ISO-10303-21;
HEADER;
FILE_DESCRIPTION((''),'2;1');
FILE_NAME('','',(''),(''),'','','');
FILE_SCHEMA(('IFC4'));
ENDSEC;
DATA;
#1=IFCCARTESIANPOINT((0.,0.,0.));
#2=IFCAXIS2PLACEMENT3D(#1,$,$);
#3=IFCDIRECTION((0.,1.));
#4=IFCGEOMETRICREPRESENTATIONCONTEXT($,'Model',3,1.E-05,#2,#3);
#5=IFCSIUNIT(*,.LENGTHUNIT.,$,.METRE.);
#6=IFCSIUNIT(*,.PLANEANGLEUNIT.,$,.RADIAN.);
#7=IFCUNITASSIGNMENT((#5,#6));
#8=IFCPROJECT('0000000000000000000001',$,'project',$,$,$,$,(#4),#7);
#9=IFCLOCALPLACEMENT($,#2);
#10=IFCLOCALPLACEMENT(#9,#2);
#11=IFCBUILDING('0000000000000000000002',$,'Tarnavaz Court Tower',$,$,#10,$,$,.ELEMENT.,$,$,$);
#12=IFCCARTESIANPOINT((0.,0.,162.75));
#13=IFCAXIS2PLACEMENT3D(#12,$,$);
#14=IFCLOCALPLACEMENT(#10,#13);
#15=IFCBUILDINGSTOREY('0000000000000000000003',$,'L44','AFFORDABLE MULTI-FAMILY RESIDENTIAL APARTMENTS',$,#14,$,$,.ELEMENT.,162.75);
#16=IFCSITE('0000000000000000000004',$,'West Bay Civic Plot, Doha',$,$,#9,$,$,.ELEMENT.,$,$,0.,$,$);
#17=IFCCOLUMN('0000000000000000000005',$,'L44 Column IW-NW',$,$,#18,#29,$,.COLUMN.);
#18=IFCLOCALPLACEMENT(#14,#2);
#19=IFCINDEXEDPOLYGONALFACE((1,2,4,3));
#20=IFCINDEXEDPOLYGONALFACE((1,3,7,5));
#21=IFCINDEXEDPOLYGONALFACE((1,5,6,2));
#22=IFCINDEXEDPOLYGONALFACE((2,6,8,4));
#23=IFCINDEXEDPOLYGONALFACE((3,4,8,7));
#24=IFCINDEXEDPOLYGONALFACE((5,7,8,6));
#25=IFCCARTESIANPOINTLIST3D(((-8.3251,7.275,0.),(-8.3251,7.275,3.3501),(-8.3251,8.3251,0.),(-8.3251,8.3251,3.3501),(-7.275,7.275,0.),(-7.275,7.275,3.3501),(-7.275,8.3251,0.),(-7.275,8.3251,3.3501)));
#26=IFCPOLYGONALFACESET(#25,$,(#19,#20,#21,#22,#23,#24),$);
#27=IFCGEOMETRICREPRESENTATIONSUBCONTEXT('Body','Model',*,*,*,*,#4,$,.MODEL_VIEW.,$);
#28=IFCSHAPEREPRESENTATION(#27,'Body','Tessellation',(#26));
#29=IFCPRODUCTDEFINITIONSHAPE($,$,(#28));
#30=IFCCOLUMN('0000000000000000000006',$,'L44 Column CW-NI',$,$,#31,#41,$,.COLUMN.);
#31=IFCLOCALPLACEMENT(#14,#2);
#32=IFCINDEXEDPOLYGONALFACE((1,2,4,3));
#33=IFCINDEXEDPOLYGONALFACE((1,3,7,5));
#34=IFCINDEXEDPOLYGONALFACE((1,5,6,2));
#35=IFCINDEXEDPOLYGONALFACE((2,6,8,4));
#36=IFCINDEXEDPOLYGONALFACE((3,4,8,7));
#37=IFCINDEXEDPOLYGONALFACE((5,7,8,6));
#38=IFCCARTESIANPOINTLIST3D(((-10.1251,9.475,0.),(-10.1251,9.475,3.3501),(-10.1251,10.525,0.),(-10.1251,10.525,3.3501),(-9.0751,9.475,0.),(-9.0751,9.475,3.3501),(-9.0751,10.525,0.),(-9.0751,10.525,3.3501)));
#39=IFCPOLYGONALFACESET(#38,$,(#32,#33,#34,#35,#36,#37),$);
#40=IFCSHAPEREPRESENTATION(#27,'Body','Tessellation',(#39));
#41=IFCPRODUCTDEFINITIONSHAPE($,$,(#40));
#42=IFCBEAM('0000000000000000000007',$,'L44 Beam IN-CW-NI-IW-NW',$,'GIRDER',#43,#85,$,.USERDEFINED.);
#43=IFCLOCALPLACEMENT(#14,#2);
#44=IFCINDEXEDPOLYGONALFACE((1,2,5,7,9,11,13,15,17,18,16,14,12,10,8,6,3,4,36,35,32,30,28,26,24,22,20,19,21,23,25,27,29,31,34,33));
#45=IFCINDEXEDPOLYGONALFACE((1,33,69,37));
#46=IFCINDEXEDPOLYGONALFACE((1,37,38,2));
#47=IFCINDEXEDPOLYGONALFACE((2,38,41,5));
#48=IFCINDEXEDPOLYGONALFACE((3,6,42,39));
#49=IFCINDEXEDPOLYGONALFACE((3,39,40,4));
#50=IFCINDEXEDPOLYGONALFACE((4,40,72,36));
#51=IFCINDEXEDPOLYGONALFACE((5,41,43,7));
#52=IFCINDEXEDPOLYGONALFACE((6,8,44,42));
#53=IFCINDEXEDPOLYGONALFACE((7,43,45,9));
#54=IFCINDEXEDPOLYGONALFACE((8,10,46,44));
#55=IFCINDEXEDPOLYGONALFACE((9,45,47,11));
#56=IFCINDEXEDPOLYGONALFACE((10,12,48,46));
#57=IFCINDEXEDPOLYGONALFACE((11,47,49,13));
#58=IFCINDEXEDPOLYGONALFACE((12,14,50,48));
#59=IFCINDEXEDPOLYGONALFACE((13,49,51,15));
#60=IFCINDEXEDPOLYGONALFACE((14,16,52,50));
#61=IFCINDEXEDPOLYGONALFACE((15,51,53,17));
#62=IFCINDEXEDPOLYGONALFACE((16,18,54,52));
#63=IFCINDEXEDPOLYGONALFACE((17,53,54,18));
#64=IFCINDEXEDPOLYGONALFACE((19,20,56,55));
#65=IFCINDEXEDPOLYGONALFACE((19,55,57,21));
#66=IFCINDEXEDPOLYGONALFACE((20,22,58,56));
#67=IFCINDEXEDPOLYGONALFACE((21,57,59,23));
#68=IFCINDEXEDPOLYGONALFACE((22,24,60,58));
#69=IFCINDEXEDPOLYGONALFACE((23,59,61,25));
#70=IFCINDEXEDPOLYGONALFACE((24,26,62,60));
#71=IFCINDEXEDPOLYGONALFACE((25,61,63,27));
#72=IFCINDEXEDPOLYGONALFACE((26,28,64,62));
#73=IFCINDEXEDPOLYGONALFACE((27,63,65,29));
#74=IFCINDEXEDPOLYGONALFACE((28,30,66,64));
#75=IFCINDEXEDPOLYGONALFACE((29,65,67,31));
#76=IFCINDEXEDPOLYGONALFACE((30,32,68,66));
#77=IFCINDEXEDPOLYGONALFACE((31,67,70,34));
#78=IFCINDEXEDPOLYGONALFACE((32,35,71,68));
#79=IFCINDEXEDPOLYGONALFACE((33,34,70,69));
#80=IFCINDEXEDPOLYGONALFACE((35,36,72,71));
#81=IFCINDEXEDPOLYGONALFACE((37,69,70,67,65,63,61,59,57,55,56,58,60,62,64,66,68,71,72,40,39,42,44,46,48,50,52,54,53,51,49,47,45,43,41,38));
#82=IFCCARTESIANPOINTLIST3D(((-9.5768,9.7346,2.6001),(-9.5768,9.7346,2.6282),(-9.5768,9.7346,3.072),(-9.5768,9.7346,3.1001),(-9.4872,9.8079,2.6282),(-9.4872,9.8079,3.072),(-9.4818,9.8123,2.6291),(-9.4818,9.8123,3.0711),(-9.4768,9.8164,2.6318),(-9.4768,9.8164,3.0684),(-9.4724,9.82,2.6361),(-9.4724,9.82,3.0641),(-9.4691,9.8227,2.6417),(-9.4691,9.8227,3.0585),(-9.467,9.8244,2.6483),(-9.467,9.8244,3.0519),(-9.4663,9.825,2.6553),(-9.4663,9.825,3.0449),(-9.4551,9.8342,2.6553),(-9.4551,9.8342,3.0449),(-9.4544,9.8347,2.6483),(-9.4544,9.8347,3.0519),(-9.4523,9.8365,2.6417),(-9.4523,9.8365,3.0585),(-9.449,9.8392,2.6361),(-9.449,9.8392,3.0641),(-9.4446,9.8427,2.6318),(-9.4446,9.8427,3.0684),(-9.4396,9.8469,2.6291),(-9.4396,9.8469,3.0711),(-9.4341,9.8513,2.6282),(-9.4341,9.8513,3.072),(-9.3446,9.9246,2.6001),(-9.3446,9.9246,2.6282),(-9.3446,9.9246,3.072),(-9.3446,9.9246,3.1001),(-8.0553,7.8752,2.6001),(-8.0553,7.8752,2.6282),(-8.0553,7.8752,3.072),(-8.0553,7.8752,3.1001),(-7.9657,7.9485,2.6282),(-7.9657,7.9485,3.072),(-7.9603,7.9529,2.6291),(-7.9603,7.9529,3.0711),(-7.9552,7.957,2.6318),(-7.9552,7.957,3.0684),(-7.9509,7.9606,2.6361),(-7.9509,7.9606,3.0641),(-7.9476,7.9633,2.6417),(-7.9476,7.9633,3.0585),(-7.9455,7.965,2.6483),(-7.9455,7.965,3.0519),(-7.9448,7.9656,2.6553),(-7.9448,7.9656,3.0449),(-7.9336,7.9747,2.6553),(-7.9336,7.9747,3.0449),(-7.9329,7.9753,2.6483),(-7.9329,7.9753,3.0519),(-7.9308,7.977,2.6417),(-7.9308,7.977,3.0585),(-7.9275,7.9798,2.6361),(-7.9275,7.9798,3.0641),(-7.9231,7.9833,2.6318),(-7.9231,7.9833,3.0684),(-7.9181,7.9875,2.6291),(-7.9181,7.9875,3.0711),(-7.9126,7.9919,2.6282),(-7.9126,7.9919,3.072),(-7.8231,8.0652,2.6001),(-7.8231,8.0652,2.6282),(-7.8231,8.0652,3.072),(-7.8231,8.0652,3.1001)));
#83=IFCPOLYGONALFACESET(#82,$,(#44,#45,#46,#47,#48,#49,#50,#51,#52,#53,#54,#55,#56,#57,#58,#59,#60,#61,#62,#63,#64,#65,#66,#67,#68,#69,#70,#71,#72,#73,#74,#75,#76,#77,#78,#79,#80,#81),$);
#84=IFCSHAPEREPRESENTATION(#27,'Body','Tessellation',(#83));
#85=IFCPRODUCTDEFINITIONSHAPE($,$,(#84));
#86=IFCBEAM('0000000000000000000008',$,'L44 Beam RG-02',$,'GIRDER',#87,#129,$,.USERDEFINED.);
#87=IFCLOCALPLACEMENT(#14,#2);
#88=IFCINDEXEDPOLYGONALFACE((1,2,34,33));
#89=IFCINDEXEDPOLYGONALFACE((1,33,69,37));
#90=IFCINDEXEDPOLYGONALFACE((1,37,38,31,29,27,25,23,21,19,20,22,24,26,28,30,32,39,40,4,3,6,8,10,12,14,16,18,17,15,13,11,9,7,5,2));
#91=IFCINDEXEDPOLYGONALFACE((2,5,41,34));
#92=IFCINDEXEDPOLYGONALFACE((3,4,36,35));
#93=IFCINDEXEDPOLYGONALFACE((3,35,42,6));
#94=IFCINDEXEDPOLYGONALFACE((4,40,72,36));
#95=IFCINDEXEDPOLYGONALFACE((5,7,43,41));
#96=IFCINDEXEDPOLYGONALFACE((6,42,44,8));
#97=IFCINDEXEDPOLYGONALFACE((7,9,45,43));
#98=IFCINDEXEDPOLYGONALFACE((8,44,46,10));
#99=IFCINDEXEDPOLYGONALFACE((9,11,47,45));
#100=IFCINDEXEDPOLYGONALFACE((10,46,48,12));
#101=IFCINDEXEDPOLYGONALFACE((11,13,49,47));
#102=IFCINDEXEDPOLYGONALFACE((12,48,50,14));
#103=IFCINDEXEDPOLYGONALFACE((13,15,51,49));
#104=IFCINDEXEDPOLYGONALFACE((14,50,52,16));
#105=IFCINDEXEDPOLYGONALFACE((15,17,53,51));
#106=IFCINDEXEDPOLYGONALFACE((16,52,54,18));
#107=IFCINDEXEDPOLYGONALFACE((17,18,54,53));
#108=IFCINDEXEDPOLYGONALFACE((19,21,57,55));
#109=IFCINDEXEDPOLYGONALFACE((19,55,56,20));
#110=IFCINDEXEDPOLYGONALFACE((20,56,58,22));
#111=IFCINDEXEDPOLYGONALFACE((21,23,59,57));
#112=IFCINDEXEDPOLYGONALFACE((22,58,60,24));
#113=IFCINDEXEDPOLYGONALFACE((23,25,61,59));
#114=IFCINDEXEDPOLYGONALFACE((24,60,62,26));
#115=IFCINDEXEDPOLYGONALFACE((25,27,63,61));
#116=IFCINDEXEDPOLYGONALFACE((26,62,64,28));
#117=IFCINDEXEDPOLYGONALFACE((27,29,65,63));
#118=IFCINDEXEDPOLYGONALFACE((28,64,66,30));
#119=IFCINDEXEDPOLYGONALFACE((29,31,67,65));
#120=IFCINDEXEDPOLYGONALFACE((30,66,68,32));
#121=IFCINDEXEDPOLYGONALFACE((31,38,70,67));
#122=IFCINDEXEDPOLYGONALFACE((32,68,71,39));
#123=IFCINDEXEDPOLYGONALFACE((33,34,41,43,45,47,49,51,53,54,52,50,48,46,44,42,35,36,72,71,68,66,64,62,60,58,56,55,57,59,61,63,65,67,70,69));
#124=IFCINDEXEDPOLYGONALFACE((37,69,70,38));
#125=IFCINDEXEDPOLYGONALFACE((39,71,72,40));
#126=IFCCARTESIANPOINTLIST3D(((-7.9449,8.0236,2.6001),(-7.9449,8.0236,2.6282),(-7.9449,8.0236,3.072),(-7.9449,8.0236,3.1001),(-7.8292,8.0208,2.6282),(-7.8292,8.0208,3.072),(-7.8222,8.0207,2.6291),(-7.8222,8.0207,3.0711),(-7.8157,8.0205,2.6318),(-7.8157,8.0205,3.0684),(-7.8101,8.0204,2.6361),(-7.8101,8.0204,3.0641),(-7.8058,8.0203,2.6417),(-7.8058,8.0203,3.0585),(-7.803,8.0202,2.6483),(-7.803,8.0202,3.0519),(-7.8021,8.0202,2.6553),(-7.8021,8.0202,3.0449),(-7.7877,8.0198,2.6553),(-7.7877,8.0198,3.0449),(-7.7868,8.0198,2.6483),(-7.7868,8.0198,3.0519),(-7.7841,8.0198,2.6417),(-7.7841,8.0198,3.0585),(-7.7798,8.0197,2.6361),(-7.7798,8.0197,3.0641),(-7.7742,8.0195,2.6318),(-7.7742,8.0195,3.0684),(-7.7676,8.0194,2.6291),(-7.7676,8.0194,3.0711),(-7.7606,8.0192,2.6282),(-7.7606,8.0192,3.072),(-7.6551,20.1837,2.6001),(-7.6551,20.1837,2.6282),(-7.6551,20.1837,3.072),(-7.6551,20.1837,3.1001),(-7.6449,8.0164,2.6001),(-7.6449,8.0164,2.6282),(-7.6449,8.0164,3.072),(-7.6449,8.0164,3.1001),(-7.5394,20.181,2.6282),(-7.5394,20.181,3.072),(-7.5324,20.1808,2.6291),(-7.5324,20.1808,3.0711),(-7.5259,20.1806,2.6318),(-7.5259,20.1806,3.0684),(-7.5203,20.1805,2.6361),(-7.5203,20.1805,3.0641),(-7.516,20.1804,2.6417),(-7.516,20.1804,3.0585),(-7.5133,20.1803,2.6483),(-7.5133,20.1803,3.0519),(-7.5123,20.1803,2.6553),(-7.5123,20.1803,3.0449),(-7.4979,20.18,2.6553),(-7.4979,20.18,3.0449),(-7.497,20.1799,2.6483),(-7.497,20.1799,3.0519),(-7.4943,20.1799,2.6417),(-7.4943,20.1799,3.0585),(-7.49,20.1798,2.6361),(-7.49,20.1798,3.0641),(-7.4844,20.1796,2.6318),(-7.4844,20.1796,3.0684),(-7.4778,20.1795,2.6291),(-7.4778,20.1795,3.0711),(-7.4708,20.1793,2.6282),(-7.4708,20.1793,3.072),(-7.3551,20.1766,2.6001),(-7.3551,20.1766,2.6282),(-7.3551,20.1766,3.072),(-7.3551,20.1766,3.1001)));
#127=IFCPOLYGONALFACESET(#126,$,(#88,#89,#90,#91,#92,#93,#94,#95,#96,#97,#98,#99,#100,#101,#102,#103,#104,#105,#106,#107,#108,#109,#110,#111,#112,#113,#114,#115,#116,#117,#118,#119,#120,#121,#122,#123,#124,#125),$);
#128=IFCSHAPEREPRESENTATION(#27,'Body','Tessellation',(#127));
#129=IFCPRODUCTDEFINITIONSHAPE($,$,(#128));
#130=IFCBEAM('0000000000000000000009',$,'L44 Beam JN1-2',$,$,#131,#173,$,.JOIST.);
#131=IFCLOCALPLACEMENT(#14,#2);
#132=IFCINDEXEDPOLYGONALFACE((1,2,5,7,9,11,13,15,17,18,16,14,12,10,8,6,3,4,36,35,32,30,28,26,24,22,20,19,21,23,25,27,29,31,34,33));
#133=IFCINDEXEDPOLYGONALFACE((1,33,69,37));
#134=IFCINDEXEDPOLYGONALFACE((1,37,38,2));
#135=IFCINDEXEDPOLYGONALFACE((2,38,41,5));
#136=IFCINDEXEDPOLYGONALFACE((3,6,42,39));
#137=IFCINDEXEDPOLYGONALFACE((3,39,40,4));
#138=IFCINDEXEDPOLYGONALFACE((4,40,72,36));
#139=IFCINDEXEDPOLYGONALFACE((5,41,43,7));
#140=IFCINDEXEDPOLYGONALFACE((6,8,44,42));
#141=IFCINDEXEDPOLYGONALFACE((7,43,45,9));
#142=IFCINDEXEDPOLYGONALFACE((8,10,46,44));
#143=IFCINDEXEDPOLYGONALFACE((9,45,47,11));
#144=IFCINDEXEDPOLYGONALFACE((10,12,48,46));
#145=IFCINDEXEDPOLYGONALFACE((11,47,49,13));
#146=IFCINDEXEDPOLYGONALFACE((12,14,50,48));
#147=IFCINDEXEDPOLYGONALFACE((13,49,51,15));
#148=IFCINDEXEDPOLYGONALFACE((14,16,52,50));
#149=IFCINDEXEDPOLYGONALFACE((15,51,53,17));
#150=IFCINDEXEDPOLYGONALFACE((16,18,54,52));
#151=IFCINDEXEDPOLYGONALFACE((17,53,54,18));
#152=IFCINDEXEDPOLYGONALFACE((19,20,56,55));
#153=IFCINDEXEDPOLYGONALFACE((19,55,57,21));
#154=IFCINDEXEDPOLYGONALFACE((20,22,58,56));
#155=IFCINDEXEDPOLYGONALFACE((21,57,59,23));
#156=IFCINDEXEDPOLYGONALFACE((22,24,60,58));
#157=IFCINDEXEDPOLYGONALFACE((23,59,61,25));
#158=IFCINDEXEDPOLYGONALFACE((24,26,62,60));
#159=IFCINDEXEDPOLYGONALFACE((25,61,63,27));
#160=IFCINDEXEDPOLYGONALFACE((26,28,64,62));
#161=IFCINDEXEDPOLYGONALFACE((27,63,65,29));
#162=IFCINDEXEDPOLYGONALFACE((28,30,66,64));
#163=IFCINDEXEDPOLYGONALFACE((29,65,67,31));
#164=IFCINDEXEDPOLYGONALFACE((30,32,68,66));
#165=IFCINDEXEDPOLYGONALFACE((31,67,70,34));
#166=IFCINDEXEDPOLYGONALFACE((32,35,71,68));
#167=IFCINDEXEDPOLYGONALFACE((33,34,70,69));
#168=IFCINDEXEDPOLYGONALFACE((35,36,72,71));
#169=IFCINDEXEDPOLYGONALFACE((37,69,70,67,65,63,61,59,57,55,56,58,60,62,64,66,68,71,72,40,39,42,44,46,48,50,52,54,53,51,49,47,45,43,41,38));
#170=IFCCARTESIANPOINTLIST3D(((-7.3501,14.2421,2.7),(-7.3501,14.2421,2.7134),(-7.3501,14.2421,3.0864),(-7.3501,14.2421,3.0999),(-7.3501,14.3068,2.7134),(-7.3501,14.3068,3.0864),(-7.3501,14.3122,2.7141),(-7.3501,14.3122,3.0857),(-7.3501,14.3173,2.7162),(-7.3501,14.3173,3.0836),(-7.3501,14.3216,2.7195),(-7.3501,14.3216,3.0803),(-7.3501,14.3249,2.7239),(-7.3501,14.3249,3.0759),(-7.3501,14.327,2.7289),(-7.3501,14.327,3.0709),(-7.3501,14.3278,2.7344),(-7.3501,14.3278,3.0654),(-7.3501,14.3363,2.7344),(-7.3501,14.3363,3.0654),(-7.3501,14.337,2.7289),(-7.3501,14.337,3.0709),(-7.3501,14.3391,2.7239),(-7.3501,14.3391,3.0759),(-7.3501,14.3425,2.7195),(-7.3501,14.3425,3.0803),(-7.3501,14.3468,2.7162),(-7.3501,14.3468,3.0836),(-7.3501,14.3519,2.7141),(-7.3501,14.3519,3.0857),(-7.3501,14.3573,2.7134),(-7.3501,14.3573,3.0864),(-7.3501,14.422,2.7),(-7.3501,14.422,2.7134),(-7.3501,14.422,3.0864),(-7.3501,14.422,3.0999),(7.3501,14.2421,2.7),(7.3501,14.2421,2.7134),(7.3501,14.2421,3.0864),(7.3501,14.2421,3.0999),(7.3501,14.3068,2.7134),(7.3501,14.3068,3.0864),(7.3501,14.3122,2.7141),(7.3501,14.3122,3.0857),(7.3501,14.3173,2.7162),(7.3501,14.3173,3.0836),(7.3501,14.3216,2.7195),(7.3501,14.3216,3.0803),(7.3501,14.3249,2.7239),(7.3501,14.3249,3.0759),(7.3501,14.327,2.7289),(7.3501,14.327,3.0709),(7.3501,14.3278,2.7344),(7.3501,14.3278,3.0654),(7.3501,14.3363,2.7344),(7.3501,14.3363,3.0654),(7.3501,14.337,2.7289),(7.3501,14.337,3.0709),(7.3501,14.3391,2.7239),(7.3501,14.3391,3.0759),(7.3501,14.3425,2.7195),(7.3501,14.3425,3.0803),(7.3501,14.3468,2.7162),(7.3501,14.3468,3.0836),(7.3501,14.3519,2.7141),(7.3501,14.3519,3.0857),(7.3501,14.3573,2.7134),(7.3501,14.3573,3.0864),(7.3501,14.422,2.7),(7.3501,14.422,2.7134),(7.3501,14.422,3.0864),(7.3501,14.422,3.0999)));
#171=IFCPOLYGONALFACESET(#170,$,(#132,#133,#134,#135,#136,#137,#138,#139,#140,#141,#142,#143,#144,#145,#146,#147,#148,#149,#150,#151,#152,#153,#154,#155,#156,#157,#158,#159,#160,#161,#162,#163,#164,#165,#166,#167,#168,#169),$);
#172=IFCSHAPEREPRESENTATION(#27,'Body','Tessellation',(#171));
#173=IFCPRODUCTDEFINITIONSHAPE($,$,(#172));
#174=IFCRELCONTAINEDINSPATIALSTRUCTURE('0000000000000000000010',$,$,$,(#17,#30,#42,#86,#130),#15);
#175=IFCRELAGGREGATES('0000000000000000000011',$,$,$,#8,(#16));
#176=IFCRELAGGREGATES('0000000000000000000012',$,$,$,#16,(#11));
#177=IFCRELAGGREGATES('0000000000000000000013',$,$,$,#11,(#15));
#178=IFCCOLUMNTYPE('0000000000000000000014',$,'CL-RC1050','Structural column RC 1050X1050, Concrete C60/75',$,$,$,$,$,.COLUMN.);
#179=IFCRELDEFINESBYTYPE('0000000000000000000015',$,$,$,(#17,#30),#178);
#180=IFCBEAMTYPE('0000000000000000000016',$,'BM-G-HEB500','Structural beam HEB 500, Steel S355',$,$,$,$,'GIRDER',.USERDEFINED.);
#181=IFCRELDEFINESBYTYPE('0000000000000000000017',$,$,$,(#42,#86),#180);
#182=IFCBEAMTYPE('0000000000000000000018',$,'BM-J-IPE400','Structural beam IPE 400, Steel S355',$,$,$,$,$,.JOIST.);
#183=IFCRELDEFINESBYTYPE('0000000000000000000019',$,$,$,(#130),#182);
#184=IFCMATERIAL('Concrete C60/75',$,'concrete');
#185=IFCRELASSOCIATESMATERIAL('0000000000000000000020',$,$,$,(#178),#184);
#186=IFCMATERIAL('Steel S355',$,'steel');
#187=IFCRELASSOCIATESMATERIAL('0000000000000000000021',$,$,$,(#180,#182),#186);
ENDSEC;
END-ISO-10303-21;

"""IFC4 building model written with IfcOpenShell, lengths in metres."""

from ifc_helpers import new_model, si_unit, direction, frame, origin, origin_2d, place, context, subcontext, project, spatial, rectangle, i_section, extrude, material, material_profile, profile_set, type_object, element, save


model = new_model("IFC4")

# Units and contexts
model_context = context("Model", 3, precision=1e-05, world=origin(), true_north=direction((0.0, 1.0)))
body_context = subcontext(model_context, "Body", "Model", "MODEL_VIEW")
ifc_project = project(units=[si_unit("LENGTHUNIT", "METRE"), si_unit("PLANEANGLEUNIT", "RADIAN")], contexts=[model_context])

# Site, building, storey
site_placement = place(None, origin())
site = spatial("IfcSite", under=ifc_project, at=site_placement, Name="West Bay Civic Plot, Doha", CompositionType="ELEMENT", RefElevation=0.0)
building_placement = place(site_placement, origin())
building = spatial("IfcBuilding", under=site, at=building_placement, Name="Tarnavaz Court Tower", CompositionType="ELEMENT")
storey_placement = place(building_placement, frame((0.0, 0.0, 162.75)))
storey = spatial("IfcBuildingStorey", under=building, at=storey_placement, Name="L44", Description="AFFORDABLE MULTI-FAMILY RESIDENTIAL APARTMENTS", CompositionType="ELEMENT", Elevation=162.75)

# Columns
ifc_material_1 = material(Name="Concrete C60/75", Category="concrete")
ifc_material_profile_1 = material_profile(ifc_material_1, rectangle(XDim=1.05, YDim=1.05, at=origin_2d()), Name="RC 1050X1050")
ifc_profile_set_1 = profile_set([ifc_material_profile_1], Name="Concrete C60/75")
column_type = type_object("IfcColumnType", Name="CL-RC1050", Description="Structural column RC 1050X1050, Concrete C60/75", PredefinedType="COLUMN", material=ifc_profile_set_1)
for number, where, z_axis, x_axis, name in (
    (1, (-7.8, 7.8, 0.0), (0.0, 0.0, 1.0), (1.0, 0.0, 0.0), "L44 Column IW-NW"),
    (2, (-9.6001, 10.0, 0.0), (0.0, 0.0, 1.0), (1.0, 0.0, 0.0), "L44 Column CW-NI"),
):
    element("IfcColumn", number, at=place(storey_placement, frame(where, z_axis=z_axis, x_axis=x_axis)), inside=storey, type_object=column_type, Name=name, PredefinedType="COLUMN", context=body_context, shape_type="SweptSolid", body=[
        extrude(rectangle(XDim=1.05, YDim=1.05, at=origin_2d()), origin(), (0.0, 0.0, 1.0), 3.3501),
    ])

# Beams
ifc_material_2 = material(Name="Steel S355", Category="steel")
ifc_material_profile_2 = material_profile(ifc_material_2, i_section(OverallWidth=0.3, OverallDepth=0.5, WebThickness=0.0144, FlangeThickness=0.0281, FilletRadius=0.0271, at=origin_2d()), Name="HEB 500")
ifc_profile_set_2 = profile_set([ifc_material_profile_2], Name="Steel S355")
beam_type_1 = type_object("IfcBeamType", Name="BM-G-HEB500", Description="Structural beam HEB 500, Steel S355", ElementType="GIRDER", PredefinedType="USERDEFINED", material=ifc_profile_set_2)
beam_1_placement = place(storey_placement, frame((-9.4607, 9.8296, 2.8501), z_axis=(0.633282, -0.773921, 0.0), x_axis=(0.773921, 0.633282, 0.0)))
element("IfcBeam", 3, at=beam_1_placement, inside=storey, type_object=beam_type_1, Name="L44 Beam IN-CW-NI-IW-NW", ObjectType="GIRDER", PredefinedType="USERDEFINED", context=body_context, shape_type="SweptSolid", body=[
    extrude(i_section(OverallWidth=0.3, OverallDepth=0.5, WebThickness=0.0144, FlangeThickness=0.0281, FilletRadius=0.0271, at=origin_2d()), origin(), (0.0, 0.0, 1.0), 2.4026),
])
beam_2_placement = place(storey_placement, frame((-7.7949, 8.02, 2.8501), z_axis=(0.023825, 0.999716, 0.0), x_axis=(-0.999716, 0.023825, 0.0)))
element("IfcBeam", 4, at=beam_2_placement, inside=storey, type_object=beam_type_1, Name="L44 Beam RG-02", ObjectType="GIRDER", PredefinedType="USERDEFINED", context=body_context, shape_type="SweptSolid", body=[
    extrude(i_section(OverallWidth=0.3, OverallDepth=0.5, WebThickness=0.0144, FlangeThickness=0.0281, FilletRadius=0.0271, at=origin_2d()), origin(), (0.0, 0.0, 1.0), 12.1636),
])
ifc_material_profile_3 = material_profile(ifc_material_2, i_section(OverallWidth=0.1799, OverallDepth=0.3999, WebThickness=0.0085, FlangeThickness=0.0134, FilletRadius=0.021, at=origin_2d()), Name="IPE 400")
ifc_profile_set_3 = profile_set([ifc_material_profile_3], Name="Steel S355")
beam_type_2 = type_object("IfcBeamType", Name="BM-J-IPE400", Description="Structural beam IPE 400, Steel S355", PredefinedType="JOIST", material=ifc_profile_set_3)
beam_3_placement = place(storey_placement, frame((-7.3501, 14.332, 2.8999), z_axis=(1.0, 0.0, 0.0), x_axis=(0.0, 1.0, 0.0)))
element("IfcBeam", 5, at=beam_3_placement, inside=storey, type_object=beam_type_2, Name="L44 Beam JN1-2", PredefinedType="JOIST", context=body_context, shape_type="SweptSolid", body=[
    extrude(i_section(OverallWidth=0.1799, OverallDepth=0.3999, WebThickness=0.0085, FlangeThickness=0.0134, FilletRadius=0.021, at=origin_2d()), origin(), (0.0, 0.0, 1.0), 14.7002),
])

save(model, "model.ifc")
